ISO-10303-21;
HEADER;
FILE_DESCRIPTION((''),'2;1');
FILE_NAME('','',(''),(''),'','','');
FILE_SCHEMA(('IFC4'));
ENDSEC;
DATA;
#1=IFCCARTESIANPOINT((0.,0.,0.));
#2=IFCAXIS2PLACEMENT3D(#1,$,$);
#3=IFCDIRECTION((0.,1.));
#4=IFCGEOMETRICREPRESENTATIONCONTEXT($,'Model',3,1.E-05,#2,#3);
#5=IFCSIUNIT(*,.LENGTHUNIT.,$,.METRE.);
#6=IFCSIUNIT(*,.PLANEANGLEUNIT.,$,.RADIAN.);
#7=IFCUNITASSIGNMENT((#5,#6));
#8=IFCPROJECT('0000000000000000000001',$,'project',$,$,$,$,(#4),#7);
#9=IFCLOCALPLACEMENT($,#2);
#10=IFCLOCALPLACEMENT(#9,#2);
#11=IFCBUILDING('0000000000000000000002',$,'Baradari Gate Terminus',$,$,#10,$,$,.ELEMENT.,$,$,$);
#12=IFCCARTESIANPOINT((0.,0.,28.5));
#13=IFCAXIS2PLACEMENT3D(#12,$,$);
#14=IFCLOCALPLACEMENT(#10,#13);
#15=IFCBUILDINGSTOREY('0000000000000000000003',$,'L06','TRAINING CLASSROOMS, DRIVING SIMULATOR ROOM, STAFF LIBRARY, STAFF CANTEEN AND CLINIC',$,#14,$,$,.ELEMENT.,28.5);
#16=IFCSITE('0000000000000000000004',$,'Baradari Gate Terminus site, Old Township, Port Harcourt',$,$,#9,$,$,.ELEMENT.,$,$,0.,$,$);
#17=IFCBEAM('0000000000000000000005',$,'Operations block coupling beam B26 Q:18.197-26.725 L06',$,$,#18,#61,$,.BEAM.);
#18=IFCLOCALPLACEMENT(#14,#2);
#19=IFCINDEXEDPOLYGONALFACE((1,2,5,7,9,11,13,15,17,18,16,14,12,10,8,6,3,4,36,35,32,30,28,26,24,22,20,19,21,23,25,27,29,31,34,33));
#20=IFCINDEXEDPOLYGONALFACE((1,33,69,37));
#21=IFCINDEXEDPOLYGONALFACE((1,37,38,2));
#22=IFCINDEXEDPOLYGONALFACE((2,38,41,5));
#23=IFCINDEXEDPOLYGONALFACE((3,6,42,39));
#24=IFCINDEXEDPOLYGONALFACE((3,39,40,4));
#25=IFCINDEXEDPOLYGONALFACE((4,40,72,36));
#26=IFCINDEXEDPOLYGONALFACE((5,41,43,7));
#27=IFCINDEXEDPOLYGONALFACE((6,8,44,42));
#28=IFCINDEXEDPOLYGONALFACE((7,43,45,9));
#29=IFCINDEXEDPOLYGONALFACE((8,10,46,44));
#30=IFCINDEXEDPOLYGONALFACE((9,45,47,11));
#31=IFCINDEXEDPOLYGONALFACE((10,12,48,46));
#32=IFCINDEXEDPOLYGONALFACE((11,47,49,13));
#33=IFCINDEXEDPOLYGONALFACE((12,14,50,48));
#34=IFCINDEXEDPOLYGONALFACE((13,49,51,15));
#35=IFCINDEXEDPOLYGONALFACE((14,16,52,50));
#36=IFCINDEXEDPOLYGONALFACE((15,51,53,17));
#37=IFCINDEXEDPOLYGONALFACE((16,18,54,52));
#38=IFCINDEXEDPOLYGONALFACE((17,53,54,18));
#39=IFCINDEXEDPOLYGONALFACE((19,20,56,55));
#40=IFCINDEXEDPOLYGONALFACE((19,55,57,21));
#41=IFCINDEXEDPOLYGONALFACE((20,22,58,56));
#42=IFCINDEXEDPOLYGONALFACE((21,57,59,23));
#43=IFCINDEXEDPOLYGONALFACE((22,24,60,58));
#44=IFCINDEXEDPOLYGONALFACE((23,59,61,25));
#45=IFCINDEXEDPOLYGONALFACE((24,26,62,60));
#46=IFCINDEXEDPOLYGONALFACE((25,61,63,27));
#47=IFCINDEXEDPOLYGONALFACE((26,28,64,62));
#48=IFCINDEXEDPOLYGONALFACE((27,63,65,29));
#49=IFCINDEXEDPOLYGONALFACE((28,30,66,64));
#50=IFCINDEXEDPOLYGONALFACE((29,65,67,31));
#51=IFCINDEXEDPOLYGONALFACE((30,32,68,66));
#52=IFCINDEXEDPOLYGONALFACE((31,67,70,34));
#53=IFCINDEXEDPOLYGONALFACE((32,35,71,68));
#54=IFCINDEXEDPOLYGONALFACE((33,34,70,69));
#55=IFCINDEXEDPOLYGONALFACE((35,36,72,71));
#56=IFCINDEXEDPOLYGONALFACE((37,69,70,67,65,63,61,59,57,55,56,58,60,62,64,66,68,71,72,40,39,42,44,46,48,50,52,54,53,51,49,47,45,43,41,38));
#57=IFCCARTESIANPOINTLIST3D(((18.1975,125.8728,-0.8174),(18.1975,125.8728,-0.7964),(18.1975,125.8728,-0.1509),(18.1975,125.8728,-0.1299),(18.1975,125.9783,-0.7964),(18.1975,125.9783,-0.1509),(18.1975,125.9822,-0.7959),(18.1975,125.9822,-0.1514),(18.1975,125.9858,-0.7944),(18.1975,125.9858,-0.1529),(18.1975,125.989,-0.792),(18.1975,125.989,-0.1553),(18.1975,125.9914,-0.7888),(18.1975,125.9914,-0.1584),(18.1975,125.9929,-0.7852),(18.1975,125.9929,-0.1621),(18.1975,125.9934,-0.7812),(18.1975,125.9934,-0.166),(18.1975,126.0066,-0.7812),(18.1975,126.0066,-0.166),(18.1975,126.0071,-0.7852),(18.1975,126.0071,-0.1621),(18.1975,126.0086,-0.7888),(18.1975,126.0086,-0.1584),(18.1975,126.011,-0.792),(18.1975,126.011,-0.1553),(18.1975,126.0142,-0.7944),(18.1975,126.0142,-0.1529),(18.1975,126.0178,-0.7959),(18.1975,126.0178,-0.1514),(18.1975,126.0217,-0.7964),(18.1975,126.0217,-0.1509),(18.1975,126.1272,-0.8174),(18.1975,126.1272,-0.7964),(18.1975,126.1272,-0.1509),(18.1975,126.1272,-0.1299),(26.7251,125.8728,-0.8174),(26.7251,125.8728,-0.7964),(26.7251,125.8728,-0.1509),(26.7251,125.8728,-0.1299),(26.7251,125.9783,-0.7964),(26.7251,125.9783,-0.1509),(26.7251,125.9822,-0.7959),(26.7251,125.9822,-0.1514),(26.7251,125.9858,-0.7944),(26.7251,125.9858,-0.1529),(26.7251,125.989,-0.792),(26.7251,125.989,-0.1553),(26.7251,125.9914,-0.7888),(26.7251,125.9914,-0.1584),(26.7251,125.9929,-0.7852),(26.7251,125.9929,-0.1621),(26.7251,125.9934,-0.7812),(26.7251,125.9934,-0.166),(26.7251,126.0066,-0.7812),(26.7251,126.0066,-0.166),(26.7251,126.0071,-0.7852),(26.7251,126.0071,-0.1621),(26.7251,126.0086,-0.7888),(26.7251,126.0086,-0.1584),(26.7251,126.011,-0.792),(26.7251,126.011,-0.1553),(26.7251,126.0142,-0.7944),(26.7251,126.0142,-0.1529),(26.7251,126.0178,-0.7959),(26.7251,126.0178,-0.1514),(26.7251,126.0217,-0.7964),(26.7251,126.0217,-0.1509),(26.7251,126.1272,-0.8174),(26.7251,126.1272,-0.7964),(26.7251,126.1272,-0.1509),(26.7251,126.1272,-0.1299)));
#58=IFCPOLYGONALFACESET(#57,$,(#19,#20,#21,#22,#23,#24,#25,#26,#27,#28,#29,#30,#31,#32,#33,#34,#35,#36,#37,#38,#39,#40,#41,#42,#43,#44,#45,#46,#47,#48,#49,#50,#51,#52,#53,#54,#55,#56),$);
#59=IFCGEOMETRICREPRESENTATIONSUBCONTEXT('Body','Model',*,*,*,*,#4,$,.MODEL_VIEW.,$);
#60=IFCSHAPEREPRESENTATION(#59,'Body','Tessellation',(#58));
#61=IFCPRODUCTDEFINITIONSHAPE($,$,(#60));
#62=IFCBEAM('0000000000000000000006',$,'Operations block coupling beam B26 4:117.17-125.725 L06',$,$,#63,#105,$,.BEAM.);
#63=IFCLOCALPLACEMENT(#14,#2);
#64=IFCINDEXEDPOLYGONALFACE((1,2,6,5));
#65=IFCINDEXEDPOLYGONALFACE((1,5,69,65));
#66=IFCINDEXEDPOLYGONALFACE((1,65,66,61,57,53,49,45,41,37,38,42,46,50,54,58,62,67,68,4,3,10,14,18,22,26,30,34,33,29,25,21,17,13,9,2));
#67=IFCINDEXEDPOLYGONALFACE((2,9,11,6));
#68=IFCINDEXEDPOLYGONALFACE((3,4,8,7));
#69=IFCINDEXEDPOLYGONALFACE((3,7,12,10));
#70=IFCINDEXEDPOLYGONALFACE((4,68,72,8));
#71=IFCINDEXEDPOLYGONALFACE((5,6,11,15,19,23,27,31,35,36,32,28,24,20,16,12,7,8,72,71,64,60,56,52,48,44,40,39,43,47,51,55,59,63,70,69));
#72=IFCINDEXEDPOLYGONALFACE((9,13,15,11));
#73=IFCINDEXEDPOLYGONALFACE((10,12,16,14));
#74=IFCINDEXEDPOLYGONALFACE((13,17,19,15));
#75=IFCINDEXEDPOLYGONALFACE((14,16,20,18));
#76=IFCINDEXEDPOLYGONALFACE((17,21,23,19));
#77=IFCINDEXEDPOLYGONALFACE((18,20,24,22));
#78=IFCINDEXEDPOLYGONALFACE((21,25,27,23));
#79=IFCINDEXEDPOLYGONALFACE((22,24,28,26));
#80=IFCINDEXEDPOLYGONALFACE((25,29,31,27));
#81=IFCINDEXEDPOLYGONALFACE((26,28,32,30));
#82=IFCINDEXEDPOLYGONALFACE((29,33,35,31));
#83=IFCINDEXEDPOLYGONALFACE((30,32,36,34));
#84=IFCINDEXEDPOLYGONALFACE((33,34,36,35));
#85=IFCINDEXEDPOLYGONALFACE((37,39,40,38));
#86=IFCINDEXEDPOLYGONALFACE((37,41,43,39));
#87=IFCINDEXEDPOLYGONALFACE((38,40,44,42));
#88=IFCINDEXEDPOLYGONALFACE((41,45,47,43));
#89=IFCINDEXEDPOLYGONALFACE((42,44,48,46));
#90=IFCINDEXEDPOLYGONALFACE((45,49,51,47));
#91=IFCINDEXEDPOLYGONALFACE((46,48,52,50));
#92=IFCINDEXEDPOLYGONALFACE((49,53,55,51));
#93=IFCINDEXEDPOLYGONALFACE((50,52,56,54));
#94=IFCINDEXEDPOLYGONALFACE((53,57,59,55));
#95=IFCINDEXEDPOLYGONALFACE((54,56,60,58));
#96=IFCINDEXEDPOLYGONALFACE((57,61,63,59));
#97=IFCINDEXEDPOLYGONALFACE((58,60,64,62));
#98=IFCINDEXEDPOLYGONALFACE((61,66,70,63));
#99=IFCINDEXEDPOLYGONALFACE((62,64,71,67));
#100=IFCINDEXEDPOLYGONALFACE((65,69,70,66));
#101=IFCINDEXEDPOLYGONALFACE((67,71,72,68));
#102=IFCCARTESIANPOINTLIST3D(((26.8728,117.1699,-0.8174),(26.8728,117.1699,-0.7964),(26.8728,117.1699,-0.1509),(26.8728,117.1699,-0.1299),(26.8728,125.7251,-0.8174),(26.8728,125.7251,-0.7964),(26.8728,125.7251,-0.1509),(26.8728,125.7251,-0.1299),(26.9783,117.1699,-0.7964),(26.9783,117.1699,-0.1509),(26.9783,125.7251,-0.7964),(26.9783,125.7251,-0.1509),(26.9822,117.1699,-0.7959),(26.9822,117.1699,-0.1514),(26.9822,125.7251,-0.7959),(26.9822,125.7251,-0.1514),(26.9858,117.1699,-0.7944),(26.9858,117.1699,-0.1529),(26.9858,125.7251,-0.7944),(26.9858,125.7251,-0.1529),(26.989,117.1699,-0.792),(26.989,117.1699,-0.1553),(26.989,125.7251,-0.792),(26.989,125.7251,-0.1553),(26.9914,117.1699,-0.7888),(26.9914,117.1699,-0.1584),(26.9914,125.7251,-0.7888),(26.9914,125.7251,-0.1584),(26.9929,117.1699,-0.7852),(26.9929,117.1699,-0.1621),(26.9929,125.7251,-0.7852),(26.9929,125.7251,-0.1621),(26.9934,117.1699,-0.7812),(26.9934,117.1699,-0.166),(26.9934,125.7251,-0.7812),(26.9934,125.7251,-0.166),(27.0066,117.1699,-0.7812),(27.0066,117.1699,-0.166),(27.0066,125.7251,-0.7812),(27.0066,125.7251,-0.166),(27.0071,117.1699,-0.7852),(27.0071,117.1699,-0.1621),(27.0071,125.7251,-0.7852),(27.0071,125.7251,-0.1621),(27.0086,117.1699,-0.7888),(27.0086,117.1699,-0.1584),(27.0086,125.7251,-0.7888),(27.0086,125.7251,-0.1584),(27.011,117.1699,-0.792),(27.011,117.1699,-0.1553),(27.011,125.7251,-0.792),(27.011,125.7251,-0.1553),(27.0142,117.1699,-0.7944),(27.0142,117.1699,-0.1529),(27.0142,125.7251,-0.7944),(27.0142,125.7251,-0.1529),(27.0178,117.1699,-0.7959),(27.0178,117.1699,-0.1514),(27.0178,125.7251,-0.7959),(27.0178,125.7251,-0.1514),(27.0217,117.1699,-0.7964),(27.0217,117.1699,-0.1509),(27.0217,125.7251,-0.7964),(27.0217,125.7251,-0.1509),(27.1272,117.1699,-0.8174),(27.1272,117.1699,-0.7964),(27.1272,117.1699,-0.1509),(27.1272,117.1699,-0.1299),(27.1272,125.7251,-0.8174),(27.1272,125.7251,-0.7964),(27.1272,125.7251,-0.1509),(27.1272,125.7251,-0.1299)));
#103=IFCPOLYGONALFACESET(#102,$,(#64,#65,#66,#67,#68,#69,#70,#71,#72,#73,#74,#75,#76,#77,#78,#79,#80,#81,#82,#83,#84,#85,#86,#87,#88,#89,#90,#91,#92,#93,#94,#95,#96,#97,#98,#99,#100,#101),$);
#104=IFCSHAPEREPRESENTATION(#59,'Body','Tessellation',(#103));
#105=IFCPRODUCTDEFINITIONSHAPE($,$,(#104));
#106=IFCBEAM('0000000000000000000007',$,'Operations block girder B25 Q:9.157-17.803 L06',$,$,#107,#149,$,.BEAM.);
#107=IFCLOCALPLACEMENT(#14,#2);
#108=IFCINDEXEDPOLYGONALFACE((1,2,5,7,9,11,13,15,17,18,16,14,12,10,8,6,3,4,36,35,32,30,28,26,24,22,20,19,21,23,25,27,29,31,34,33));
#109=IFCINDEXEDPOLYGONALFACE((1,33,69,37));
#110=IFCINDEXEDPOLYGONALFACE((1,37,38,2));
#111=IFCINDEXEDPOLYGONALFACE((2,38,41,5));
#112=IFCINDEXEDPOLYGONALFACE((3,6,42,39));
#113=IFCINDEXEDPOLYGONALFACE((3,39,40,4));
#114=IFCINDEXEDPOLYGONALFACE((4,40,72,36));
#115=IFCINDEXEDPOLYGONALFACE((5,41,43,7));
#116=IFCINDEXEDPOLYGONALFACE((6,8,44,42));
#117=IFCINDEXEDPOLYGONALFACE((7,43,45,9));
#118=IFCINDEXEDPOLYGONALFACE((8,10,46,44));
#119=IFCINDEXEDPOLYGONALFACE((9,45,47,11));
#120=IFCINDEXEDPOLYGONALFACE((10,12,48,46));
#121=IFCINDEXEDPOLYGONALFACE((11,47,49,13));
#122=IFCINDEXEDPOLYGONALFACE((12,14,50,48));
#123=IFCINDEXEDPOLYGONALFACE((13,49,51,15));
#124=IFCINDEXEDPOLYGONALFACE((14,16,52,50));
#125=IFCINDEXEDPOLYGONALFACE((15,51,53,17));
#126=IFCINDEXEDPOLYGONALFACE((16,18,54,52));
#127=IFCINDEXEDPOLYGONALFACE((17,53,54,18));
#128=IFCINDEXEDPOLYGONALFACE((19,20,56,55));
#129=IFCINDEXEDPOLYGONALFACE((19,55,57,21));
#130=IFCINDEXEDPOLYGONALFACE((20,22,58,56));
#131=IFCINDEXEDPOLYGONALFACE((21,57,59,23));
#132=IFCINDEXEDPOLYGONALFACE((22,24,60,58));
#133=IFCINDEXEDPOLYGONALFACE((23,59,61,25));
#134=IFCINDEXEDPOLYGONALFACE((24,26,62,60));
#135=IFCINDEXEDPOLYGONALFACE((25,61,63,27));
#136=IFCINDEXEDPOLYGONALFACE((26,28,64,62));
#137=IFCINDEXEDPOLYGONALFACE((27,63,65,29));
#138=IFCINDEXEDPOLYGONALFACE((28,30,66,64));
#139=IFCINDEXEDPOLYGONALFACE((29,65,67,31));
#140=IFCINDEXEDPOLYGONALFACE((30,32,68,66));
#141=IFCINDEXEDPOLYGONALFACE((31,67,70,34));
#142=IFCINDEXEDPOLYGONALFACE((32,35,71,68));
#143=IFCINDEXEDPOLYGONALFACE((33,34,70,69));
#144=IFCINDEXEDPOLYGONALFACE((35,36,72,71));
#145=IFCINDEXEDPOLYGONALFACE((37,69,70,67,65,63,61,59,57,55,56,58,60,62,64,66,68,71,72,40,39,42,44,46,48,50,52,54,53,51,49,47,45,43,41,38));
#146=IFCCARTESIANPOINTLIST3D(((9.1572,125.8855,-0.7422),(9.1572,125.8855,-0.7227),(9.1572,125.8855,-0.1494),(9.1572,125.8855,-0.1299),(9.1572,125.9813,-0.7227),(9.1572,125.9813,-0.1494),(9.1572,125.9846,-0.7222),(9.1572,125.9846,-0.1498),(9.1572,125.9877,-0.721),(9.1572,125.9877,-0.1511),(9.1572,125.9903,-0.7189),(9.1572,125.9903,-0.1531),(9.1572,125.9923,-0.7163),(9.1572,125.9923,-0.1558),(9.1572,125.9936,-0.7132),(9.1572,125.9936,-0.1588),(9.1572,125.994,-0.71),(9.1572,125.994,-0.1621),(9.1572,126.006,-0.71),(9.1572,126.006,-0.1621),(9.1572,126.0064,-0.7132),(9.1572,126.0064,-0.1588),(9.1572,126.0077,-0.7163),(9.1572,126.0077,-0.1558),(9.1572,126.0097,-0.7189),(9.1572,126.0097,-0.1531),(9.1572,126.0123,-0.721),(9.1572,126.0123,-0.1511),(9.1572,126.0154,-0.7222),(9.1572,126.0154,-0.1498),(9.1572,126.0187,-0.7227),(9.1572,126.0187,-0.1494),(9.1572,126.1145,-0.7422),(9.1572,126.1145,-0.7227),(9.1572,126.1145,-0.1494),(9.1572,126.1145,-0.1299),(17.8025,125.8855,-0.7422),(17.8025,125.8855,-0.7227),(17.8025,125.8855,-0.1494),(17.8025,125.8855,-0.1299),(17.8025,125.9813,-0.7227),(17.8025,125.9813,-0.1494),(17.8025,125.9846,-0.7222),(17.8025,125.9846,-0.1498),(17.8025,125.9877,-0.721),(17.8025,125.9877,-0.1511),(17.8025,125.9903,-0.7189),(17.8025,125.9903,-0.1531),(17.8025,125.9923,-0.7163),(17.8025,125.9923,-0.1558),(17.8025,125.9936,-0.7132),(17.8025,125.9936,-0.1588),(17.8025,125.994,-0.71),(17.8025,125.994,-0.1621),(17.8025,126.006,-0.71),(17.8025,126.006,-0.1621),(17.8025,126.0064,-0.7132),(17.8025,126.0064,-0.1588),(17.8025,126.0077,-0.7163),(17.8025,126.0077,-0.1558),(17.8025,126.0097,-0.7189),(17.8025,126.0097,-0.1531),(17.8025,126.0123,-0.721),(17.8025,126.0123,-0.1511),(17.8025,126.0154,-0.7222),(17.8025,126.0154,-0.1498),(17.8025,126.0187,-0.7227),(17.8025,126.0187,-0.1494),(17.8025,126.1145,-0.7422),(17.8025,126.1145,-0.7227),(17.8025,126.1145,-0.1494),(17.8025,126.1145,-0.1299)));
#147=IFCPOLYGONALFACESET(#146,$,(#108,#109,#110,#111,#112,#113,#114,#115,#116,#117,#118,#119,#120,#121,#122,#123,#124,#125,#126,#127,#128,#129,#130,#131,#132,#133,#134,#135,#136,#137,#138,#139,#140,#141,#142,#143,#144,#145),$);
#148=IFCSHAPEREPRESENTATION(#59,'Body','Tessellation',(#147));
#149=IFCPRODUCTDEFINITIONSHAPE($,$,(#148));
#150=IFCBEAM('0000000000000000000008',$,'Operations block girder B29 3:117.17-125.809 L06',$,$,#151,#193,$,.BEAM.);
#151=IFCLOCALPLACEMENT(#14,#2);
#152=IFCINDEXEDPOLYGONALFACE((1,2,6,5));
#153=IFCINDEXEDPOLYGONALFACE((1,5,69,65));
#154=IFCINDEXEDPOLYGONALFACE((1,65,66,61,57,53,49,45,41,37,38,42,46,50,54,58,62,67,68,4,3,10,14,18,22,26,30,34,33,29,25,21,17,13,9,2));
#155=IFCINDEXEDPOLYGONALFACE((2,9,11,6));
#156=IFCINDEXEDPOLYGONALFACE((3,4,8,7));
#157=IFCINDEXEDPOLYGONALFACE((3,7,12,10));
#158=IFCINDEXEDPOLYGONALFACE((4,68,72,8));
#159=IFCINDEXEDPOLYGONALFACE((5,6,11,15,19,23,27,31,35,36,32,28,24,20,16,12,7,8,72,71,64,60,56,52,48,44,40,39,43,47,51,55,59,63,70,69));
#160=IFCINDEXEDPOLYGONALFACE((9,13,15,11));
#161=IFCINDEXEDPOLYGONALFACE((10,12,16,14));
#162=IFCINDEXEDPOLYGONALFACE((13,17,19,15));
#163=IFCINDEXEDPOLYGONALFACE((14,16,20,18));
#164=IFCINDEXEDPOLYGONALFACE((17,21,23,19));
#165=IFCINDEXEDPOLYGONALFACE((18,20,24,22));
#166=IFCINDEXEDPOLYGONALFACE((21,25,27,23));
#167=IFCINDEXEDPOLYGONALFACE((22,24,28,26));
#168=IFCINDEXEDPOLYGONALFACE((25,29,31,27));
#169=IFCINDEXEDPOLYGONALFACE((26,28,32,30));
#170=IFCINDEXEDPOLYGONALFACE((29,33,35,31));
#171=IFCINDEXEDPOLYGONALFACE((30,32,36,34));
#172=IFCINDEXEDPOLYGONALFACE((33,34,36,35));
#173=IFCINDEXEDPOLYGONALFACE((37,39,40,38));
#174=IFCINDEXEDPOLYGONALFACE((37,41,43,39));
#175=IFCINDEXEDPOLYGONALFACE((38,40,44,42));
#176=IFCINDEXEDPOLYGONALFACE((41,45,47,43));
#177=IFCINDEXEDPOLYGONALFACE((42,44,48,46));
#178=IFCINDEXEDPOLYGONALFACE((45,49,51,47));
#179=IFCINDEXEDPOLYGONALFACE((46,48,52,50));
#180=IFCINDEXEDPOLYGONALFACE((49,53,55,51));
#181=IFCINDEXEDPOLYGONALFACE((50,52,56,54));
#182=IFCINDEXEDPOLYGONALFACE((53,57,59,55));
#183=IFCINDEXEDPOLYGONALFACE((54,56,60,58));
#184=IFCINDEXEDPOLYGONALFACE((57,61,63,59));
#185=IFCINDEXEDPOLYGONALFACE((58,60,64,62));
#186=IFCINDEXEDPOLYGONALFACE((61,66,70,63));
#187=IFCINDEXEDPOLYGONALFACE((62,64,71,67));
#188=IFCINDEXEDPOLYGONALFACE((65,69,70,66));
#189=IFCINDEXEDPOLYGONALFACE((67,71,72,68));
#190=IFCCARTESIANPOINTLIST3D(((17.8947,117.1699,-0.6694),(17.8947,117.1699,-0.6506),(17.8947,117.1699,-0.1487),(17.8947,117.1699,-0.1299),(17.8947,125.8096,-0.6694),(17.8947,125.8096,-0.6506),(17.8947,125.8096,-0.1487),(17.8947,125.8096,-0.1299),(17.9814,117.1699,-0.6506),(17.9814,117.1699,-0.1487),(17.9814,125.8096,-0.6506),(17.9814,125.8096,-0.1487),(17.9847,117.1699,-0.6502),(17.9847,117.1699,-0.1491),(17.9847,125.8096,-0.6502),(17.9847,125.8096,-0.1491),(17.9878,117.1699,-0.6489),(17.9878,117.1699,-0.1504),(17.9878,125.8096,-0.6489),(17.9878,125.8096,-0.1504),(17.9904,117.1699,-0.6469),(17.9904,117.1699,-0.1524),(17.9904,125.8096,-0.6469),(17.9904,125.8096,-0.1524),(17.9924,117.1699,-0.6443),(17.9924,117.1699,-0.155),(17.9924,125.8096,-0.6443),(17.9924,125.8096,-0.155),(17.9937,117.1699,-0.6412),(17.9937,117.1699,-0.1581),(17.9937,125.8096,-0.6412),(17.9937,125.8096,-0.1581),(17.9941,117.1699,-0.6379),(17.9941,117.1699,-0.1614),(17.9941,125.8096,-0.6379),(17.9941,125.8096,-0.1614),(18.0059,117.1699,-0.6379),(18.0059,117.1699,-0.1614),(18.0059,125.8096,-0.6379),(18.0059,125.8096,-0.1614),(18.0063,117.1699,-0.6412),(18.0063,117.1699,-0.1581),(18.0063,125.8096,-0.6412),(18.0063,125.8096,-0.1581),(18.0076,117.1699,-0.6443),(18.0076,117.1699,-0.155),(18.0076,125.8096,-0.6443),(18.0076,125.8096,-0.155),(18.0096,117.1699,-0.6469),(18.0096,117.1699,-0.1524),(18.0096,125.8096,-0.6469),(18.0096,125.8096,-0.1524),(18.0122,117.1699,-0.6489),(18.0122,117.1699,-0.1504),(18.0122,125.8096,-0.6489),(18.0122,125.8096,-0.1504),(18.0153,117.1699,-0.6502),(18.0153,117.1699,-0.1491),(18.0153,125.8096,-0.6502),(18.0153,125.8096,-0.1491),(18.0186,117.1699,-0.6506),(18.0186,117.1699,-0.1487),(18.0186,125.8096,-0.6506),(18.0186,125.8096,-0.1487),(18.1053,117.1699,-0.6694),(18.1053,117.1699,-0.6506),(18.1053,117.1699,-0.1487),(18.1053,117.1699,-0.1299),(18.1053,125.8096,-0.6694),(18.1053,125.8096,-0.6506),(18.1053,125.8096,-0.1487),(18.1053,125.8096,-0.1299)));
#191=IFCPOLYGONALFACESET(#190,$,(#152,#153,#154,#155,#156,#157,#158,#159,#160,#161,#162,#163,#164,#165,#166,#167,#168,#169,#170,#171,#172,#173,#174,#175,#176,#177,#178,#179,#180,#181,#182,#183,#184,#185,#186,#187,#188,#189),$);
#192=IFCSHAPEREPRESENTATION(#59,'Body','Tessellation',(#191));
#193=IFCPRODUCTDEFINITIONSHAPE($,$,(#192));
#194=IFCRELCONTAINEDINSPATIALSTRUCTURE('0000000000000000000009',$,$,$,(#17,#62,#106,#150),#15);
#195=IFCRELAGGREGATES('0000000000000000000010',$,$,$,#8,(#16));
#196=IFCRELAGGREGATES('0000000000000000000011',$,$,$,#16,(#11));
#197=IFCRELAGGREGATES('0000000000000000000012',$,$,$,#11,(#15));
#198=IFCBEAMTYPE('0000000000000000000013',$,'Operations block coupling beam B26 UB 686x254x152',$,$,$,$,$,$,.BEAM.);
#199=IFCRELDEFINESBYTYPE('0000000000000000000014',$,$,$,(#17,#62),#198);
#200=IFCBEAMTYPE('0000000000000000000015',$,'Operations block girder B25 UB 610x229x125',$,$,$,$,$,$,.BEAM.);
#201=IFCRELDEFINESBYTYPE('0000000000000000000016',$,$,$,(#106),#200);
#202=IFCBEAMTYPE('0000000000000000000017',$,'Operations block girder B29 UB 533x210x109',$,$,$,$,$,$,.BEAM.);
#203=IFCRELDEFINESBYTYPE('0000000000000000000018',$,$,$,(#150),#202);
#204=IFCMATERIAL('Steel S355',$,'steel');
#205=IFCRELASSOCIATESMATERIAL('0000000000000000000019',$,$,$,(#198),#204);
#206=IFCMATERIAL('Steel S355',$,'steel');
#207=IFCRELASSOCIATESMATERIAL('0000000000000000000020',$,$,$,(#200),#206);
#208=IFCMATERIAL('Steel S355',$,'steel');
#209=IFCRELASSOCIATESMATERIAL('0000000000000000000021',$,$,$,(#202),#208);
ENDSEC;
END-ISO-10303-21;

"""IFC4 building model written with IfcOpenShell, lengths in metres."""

from ifc_helpers import new_model, si_unit, direction, frame, origin, origin_2d, place, context, subcontext, project, spatial, i_section, extrude, material, material_profile, profile_set, type_object, element, save


model = new_model("IFC4")

# Units and contexts
model_context = context("Model", 3, precision=1e-05, world=origin(), true_north=direction((0.0, 1.0)))
body_context = subcontext(model_context, "Body", "Model", "MODEL_VIEW")
ifc_project = project(units=[si_unit("LENGTHUNIT", "METRE"), si_unit("PLANEANGLEUNIT", "RADIAN")], contexts=[model_context])

# Site, building, storey
site_placement = place(None, origin())
site = spatial("IfcSite", under=ifc_project, at=site_placement, Name="Baradari Gate Terminus site, Old Township, Port Harcourt", CompositionType="ELEMENT", RefElevation=0.0)
building_placement = place(site_placement, origin())
building = spatial("IfcBuilding", under=site, at=building_placement, Name="Baradari Gate Terminus", CompositionType="ELEMENT")
storey_placement = place(building_placement, frame((0.0, 0.0, 28.5)))
storey = spatial("IfcBuildingStorey", under=building, at=storey_placement, Name="L06", Description="TRAINING CLASSROOMS, DRIVING SIMULATOR ROOM, STAFF LIBRARY, STAFF CANTEEN AND CLINIC", CompositionType="ELEMENT", Elevation=28.5)

# Beams
ifc_material_1 = material(Name="Steel S355", Category="steel")
ifc_material_profile_1 = material_profile(ifc_material_1, i_section(OverallWidth=0.2544, OverallDepth=0.6875, WebThickness=0.0132, FlangeThickness=0.021, FilletRadius=0.0151, at=origin_2d()), Name="UB 686x254x152")
ifc_profile_set_1 = profile_set([ifc_material_profile_1], Name="Steel S355")
beam_type_1 = type_object("IfcBeamType", Name="Operations block coupling beam B26 UB 686x254x152", PredefinedType="BEAM", material=ifc_profile_set_1)
beam_1_placement = place(storey_placement, frame((18.1975, 126.0, -0.4736), z_axis=(1.0, 0.0, 0.0), x_axis=(0.0, 1.0, 0.0)))
element("IfcBeam", 1, at=beam_1_placement, inside=storey, type_object=beam_type_1, Name="Operations block coupling beam B26 Q:18.197-26.725 L06", PredefinedType="BEAM", context=body_context, shape_type="SweptSolid", body=[
    extrude(i_section(OverallWidth=0.2544, OverallDepth=0.6875, WebThickness=0.0132, FlangeThickness=0.021, FilletRadius=0.0151, at=origin_2d()), origin(), (0.0, 0.0, 1.0), 8.5276),
])
beam_2_placement = place(storey_placement, frame((27.0, 117.1699, -0.4736), z_axis=(0.0, 1.0, 0.0), x_axis=(-1.0, 0.0, 0.0)))
element("IfcBeam", 2, at=beam_2_placement, inside=storey, type_object=beam_type_1, Name="Operations block coupling beam B26 4:117.17-125.725 L06", PredefinedType="BEAM", context=body_context, shape_type="SweptSolid", body=[
    extrude(i_section(OverallWidth=0.2544, OverallDepth=0.6875, WebThickness=0.0132, FlangeThickness=0.021, FilletRadius=0.0151, at=origin_2d()), origin(), (0.0, 0.0, 1.0), 8.5552),
])
ifc_material_2 = material(Name="Steel S355", Category="steel")
ifc_material_profile_2 = material_profile(ifc_material_2, i_section(OverallWidth=0.229, OverallDepth=0.6123, WebThickness=0.012, FlangeThickness=0.0195, FilletRadius=0.0127, at=origin_2d()), Name="UB 610x229x125")
ifc_profile_set_2 = profile_set([ifc_material_profile_2], Name="Steel S355")
beam_type_2 = type_object("IfcBeamType", Name="Operations block girder B25 UB 610x229x125", PredefinedType="BEAM", material=ifc_profile_set_2)
beam_3_placement = place(storey_placement, frame((9.1572, 126.0, -0.436), z_axis=(1.0, 0.0, 0.0), x_axis=(0.0, 1.0, 0.0)))
element("IfcBeam", 3, at=beam_3_placement, inside=storey, type_object=beam_type_2, Name="Operations block girder B25 Q:9.157-17.803 L06", PredefinedType="BEAM", context=body_context, shape_type="SweptSolid", body=[
    extrude(i_section(OverallWidth=0.229, OverallDepth=0.6123, WebThickness=0.012, FlangeThickness=0.0195, FilletRadius=0.0127, at=origin_2d()), origin(), (0.0, 0.0, 1.0), 8.6453),
])
ifc_material_3 = material(Name="Steel S355", Category="steel")
ifc_material_profile_3 = material_profile(ifc_material_3, i_section(OverallWidth=0.2107, OverallDepth=0.5396, WebThickness=0.0117, FlangeThickness=0.0188, FilletRadius=0.0127, at=origin_2d()), Name="UB 533x210x109")
ifc_profile_set_3 = profile_set([ifc_material_profile_3], Name="Steel S355")
beam_type_3 = type_object("IfcBeamType", Name="Operations block girder B29 UB 533x210x109", PredefinedType="BEAM", material=ifc_profile_set_3)
beam_4_placement = place(storey_placement, frame((18.0, 117.1699, -0.3997), z_axis=(0.0, 1.0, 0.0), x_axis=(-1.0, 0.0, 0.0)))
element("IfcBeam", 4, at=beam_4_placement, inside=storey, type_object=beam_type_3, Name="Operations block girder B29 3:117.17-125.809 L06", PredefinedType="BEAM", context=body_context, shape_type="SweptSolid", body=[
    extrude(i_section(OverallWidth=0.2107, OverallDepth=0.5396, WebThickness=0.0117, FlangeThickness=0.0188, FilletRadius=0.0127, at=origin_2d()), origin(), (0.0, 0.0, 1.0), 8.6396),
])

save(model, "model.ifc")
